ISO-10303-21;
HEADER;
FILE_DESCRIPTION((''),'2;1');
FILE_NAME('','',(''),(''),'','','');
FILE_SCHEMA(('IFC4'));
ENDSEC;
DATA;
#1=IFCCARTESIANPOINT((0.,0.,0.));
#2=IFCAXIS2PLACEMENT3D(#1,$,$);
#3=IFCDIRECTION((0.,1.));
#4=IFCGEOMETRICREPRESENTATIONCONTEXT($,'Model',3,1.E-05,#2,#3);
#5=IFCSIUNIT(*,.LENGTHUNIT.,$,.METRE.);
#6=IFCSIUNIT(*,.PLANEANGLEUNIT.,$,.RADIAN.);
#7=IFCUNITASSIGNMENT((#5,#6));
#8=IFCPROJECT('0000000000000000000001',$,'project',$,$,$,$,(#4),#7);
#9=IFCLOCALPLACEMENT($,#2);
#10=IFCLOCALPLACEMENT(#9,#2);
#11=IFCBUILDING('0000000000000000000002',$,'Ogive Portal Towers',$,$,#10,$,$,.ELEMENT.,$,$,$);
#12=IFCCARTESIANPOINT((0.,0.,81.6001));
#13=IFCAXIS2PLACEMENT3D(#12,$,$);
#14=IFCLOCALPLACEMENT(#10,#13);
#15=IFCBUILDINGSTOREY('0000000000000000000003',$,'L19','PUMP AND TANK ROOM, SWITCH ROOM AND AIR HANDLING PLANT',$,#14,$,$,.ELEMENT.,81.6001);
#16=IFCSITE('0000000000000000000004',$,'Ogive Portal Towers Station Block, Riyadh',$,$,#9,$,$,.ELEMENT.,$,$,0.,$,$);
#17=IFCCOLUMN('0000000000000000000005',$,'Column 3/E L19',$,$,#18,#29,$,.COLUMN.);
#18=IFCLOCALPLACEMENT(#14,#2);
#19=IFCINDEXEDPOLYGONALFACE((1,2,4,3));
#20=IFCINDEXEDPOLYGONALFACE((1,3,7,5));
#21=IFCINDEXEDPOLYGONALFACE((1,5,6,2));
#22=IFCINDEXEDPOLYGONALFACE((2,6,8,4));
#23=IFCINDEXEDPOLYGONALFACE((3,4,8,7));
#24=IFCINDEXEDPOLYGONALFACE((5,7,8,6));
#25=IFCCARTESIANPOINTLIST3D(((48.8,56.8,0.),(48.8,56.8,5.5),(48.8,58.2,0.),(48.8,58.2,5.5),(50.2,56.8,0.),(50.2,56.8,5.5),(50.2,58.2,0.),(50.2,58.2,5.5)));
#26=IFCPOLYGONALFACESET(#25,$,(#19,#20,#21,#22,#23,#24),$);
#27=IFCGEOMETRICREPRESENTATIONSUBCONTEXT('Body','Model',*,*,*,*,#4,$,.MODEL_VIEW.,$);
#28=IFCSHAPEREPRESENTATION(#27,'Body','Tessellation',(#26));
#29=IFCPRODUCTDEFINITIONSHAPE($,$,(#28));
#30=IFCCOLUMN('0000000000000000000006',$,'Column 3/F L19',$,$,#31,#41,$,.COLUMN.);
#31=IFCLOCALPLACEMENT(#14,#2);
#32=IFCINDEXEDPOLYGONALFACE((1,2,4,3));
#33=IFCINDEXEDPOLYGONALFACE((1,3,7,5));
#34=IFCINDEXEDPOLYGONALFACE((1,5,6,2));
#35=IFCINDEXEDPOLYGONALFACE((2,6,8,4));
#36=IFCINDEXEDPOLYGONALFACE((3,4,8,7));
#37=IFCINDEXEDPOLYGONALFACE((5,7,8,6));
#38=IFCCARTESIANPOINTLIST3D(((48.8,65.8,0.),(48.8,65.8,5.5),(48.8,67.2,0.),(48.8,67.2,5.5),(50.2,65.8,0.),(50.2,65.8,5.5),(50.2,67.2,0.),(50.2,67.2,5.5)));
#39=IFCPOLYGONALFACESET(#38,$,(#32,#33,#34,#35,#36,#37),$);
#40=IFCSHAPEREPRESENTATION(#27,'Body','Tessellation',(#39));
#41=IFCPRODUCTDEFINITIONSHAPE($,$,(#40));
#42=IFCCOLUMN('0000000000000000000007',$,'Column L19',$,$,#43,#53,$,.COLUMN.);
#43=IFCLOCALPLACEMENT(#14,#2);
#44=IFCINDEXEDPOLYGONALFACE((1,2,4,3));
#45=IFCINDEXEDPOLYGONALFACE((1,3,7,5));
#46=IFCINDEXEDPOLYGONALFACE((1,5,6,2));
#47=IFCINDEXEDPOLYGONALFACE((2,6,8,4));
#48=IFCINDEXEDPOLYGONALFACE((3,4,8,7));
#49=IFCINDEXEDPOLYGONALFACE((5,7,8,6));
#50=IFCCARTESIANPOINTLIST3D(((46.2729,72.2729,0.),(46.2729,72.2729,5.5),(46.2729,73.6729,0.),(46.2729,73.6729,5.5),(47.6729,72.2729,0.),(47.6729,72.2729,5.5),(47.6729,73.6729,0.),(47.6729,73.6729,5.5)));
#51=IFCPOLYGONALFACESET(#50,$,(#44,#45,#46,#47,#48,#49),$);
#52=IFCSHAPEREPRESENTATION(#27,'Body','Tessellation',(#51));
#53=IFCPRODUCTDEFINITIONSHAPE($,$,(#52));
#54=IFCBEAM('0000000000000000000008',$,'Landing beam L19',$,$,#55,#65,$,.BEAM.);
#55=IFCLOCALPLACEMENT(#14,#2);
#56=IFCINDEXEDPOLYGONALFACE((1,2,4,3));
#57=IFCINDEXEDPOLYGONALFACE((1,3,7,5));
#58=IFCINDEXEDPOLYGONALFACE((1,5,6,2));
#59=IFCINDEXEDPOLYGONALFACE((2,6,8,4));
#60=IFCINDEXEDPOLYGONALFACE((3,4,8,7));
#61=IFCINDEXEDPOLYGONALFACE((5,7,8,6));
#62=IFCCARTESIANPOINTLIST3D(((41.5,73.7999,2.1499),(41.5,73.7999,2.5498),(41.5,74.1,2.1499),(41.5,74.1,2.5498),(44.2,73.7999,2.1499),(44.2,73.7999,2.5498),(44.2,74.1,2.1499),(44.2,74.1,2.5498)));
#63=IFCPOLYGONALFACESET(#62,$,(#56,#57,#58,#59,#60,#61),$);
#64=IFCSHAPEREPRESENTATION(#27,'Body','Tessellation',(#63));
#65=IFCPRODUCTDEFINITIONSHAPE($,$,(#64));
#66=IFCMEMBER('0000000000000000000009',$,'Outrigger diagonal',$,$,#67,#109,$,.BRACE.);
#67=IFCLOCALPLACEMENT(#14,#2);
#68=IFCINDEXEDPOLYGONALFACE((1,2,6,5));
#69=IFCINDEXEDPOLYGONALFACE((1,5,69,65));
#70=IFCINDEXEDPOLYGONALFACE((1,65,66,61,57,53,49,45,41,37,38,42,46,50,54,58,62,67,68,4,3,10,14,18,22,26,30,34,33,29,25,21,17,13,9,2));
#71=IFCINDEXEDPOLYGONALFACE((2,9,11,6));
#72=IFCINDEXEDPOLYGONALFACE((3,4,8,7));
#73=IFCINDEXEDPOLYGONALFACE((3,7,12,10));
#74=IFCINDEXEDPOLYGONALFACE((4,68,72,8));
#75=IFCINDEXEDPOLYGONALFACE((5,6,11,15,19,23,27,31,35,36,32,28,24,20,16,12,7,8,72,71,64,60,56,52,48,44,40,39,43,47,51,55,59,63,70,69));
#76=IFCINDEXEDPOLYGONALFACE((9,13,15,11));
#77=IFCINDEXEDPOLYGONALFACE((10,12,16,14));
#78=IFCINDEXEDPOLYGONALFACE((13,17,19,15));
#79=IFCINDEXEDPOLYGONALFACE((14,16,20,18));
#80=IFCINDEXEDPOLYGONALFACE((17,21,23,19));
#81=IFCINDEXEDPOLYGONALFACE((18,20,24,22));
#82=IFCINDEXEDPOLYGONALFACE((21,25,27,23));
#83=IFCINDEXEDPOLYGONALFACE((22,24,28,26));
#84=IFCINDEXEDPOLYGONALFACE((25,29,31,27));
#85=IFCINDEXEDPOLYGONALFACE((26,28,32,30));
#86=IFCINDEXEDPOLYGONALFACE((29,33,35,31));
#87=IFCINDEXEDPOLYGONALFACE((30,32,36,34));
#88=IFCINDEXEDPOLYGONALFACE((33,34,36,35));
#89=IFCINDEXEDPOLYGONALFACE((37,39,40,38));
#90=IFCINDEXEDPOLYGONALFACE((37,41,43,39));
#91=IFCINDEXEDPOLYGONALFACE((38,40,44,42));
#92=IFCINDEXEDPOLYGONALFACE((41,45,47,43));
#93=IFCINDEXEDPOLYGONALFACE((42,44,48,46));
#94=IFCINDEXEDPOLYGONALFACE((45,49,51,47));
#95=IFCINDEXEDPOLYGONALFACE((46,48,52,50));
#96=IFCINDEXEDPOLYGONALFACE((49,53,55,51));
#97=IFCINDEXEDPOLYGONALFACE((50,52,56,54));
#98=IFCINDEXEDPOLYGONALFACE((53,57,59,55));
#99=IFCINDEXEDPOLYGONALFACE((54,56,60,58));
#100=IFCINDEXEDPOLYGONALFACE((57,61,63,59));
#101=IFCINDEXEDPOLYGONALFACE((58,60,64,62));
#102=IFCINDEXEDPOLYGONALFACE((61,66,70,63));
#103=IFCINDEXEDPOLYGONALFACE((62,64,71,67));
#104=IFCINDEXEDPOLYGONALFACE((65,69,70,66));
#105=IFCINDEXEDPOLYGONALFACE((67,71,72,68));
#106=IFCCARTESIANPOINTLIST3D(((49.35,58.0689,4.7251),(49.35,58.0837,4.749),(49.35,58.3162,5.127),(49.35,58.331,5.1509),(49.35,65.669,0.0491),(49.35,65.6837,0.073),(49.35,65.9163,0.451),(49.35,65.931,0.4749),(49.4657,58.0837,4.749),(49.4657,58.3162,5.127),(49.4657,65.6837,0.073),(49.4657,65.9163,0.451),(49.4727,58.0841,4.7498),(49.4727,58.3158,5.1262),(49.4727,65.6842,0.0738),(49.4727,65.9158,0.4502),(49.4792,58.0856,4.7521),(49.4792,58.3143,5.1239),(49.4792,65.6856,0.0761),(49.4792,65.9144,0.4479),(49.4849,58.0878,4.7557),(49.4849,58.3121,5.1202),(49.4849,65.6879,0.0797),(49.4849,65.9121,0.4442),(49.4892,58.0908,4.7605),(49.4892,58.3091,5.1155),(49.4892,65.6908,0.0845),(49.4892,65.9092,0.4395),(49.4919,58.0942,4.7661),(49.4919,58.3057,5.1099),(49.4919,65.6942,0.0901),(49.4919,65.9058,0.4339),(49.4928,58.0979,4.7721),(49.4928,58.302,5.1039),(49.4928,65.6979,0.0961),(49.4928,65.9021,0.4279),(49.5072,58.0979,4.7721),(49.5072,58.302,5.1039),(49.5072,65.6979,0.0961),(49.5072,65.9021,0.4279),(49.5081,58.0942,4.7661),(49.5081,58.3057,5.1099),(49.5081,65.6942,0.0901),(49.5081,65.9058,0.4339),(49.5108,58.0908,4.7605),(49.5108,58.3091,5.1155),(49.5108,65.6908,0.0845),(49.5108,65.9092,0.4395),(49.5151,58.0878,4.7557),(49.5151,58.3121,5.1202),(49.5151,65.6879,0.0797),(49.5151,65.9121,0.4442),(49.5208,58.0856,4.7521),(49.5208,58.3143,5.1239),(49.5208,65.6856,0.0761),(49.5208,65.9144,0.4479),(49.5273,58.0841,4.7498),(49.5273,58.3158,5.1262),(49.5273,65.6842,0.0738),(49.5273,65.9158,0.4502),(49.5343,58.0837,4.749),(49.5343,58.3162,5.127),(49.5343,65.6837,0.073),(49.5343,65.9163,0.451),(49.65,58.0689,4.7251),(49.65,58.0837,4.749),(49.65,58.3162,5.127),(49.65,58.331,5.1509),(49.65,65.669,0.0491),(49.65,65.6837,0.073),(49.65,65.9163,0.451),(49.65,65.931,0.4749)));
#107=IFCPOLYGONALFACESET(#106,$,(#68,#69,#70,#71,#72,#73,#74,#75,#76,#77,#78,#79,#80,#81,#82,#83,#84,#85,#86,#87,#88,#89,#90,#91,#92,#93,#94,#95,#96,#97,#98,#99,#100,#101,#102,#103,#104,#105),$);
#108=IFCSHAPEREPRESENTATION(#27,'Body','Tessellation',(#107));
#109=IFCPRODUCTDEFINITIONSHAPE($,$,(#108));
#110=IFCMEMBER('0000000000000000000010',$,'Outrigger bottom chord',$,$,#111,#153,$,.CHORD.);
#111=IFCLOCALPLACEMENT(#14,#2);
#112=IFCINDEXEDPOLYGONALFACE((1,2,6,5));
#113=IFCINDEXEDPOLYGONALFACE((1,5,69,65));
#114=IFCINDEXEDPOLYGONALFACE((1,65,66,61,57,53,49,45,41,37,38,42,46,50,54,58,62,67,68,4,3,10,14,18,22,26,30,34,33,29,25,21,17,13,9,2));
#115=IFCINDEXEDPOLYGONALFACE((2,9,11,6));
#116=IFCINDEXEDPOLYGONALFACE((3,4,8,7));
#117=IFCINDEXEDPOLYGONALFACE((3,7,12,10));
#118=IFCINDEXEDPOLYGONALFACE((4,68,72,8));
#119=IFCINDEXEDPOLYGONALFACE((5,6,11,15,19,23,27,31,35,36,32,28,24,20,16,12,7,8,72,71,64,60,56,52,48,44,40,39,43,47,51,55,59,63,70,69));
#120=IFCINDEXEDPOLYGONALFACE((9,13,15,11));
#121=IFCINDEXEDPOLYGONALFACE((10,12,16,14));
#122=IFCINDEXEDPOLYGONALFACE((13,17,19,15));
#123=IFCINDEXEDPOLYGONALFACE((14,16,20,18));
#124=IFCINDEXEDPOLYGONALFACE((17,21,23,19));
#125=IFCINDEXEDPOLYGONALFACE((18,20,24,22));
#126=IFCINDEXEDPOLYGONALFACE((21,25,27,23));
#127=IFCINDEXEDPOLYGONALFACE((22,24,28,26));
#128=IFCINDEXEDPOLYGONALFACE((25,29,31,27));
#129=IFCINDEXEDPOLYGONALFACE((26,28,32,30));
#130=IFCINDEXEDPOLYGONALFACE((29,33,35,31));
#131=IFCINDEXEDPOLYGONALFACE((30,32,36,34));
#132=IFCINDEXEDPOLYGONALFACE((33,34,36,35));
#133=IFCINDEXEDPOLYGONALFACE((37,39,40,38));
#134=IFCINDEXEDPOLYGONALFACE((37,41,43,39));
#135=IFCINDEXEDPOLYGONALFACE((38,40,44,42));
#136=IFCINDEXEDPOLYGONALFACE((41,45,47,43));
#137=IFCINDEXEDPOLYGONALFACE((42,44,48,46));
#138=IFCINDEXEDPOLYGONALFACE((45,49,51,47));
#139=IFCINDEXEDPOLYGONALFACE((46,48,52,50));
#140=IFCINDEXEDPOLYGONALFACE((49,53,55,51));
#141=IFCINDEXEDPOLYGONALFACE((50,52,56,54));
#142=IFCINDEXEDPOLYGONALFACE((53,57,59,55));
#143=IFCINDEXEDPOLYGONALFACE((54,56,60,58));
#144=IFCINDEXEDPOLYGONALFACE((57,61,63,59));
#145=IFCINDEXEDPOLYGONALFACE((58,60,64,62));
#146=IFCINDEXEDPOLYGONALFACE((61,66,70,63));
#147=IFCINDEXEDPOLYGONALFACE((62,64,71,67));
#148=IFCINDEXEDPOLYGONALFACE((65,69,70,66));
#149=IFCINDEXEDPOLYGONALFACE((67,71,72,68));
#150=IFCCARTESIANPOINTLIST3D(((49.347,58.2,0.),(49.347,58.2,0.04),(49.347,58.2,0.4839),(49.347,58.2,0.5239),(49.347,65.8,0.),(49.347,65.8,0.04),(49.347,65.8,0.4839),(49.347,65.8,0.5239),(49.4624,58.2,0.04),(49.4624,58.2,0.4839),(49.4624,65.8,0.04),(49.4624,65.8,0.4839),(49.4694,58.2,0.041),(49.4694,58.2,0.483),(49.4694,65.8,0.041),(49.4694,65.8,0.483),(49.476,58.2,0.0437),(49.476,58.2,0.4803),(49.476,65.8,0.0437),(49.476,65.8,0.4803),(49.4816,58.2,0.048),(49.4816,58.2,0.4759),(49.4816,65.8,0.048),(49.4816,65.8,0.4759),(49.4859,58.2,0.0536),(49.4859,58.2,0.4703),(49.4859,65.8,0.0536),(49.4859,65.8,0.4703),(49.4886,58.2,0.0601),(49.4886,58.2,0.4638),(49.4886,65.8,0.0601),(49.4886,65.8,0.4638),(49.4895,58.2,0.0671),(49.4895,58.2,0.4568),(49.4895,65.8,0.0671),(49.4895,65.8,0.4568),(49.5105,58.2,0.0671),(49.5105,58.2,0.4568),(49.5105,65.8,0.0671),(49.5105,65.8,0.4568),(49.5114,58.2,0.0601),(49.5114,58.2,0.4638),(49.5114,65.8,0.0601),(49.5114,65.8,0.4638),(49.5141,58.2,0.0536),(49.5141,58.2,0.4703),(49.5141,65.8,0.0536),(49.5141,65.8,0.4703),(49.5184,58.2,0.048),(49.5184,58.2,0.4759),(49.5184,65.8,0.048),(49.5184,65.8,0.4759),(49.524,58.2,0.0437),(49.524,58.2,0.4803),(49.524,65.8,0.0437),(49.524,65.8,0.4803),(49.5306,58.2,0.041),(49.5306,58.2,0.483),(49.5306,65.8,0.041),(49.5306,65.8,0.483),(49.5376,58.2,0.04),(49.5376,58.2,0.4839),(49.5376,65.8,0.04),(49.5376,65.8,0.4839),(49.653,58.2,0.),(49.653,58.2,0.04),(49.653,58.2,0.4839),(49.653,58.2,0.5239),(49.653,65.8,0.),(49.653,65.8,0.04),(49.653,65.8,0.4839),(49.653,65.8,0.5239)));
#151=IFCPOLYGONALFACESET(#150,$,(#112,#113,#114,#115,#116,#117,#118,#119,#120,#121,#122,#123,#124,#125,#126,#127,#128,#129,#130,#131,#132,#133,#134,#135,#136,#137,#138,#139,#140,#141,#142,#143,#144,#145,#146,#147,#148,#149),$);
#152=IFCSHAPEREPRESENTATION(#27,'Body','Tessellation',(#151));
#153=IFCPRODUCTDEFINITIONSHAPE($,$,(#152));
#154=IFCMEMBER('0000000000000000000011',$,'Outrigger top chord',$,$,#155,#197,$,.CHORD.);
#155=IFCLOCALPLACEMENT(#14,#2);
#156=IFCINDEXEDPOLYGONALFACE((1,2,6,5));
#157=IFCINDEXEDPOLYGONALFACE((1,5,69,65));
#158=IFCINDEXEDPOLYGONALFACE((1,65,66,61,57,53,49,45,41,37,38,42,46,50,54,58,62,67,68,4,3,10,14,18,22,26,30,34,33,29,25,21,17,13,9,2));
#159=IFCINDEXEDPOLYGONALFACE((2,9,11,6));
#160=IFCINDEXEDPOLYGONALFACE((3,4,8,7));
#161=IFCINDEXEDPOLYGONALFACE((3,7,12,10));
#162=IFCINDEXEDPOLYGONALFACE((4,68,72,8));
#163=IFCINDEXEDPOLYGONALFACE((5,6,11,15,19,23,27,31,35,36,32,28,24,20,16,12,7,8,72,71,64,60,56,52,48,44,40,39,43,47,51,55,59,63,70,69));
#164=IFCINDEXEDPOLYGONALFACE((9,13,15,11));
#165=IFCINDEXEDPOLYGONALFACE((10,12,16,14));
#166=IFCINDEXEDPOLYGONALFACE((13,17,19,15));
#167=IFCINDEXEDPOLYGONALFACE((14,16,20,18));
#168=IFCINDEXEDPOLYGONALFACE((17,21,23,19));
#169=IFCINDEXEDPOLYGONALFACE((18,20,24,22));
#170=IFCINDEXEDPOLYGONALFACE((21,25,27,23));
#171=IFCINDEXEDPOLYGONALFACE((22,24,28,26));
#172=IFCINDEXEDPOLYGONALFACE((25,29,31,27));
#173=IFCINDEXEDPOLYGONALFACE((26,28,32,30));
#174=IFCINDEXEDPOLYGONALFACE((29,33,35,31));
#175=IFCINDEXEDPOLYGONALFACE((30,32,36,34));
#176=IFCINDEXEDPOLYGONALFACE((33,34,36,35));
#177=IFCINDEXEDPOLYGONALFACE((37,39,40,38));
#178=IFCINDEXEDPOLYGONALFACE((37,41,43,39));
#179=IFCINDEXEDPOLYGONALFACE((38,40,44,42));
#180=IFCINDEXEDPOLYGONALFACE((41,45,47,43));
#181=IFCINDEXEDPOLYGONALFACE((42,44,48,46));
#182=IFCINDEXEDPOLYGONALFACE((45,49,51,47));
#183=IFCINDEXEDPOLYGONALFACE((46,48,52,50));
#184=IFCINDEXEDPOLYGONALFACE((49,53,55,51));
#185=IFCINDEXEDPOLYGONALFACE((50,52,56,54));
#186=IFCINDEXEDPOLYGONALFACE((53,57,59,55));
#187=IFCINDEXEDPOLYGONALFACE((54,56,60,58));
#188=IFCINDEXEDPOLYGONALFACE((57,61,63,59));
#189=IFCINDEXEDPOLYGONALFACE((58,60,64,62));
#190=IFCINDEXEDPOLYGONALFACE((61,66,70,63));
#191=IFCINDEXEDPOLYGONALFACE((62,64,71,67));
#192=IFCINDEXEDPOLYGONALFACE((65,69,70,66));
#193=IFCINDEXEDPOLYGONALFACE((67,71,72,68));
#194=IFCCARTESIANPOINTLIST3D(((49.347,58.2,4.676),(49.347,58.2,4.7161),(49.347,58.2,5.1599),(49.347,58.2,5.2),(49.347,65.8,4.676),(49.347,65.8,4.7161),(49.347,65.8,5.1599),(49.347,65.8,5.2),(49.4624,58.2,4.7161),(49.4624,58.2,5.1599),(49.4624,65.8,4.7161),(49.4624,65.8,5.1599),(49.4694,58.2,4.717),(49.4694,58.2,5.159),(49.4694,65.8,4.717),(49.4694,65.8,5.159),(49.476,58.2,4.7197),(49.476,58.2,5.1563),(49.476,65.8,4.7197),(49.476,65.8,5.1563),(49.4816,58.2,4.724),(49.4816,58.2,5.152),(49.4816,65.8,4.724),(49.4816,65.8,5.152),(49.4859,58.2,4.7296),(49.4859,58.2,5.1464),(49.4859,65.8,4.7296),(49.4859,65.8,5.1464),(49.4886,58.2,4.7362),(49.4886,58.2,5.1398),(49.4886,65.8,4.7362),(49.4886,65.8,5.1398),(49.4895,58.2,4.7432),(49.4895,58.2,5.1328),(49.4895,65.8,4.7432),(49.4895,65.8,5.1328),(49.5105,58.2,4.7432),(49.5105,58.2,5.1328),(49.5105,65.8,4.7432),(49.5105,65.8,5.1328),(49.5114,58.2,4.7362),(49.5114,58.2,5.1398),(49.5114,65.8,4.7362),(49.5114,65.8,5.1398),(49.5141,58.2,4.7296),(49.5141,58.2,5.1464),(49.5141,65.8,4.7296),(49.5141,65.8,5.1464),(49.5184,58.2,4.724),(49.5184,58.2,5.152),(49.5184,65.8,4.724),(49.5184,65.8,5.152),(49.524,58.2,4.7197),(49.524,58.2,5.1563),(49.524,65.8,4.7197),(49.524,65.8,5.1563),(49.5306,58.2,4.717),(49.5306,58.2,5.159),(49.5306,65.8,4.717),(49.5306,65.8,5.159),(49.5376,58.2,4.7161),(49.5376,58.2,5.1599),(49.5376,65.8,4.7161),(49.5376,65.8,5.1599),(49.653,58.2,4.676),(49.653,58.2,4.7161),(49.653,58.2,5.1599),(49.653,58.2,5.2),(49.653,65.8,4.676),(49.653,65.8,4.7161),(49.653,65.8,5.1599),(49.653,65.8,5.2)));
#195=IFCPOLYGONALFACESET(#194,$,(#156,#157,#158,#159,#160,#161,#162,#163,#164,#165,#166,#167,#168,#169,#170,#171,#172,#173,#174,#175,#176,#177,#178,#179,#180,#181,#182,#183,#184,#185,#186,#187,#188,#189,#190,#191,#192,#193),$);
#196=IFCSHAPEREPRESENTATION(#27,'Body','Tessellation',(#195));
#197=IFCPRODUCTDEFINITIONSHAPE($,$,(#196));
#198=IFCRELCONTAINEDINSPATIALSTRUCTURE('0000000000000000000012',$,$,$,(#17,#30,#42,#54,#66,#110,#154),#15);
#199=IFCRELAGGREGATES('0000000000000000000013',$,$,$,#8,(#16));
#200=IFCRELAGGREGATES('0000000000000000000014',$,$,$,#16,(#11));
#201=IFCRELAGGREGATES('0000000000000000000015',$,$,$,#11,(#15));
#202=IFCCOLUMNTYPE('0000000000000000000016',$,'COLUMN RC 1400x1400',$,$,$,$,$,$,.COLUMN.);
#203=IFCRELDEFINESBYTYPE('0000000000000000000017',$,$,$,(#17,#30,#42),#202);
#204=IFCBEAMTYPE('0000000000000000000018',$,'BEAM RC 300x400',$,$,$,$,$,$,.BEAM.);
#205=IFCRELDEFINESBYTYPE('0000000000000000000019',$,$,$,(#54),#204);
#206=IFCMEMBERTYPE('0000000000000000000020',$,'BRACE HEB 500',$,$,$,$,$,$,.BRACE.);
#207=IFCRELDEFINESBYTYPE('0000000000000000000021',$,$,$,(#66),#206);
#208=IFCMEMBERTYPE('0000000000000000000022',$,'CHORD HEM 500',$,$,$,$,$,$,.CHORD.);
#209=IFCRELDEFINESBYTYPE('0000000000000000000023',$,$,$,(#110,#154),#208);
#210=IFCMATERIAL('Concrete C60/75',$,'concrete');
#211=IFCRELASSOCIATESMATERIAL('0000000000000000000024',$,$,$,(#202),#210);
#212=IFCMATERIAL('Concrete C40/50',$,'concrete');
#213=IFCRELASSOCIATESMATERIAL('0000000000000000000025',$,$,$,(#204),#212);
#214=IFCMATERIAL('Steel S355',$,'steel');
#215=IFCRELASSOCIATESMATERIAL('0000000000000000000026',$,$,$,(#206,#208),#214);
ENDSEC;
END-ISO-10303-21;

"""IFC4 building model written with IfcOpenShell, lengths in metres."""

from ifc_helpers import new_model, si_unit, direction, frame, origin, origin_2d, place, context, subcontext, project, spatial, rectangle, i_section, extrude, material, material_profile, profile_set, type_object, element, save


model = new_model("IFC4")

# Units and contexts
model_context = context("Model", 3, precision=1e-05, world=origin(), true_north=direction((0.0, 1.0)))
body_context = subcontext(model_context, "Body", "Model", "MODEL_VIEW")
ifc_project = project(units=[si_unit("LENGTHUNIT", "METRE"), si_unit("PLANEANGLEUNIT", "RADIAN")], contexts=[model_context])

# Site, building, storey
site_placement = place(None, origin())
site = spatial("IfcSite", under=ifc_project, at=site_placement, Name="Ogive Portal Towers Station Block, Riyadh", CompositionType="ELEMENT", RefElevation=0.0)
building_placement = place(site_placement, origin())
building = spatial("IfcBuilding", under=site, at=building_placement, Name="Ogive Portal Towers", CompositionType="ELEMENT")
storey_placement = place(building_placement, frame((0.0, 0.0, 81.6001)))
storey = spatial("IfcBuildingStorey", under=building, at=storey_placement, Name="L19", Description="PUMP AND TANK ROOM, SWITCH ROOM AND AIR HANDLING PLANT", CompositionType="ELEMENT", Elevation=81.6001)

# Columns
ifc_material_1 = material(Name="Concrete C60/75", Category="concrete")
ifc_material_profile_1 = material_profile(ifc_material_1, rectangle(XDim=1.3999, YDim=1.3999, at=origin_2d()), Name="RC 1400x1400")
ifc_profile_set_1 = profile_set([ifc_material_profile_1], Name="Concrete C60/75")
column_type = type_object("IfcColumnType", Name="COLUMN RC 1400x1400", PredefinedType="COLUMN", material=ifc_profile_set_1)
for number, where, z_axis, x_axis, name in (
    (1, (49.5, 57.5, 0.0), (0.0, 0.0, 1.0), (1.0, 0.0, 0.0), "Column 3/E L19"),
    (2, (49.5, 66.5, 0.0), (0.0, 0.0, 1.0), (1.0, 0.0, 0.0), "Column 3/F L19"),
    (3, (46.9729, 72.9729, 0.0), (0.0, 0.0, 1.0), (1.0, 0.0, 0.0), "Column L19"),
):
    element("IfcColumn", number, at=place(storey_placement, frame(where, z_axis=z_axis, x_axis=x_axis)), inside=storey, type_object=column_type, Name=name, PredefinedType="COLUMN", context=body_context, shape_type="SweptSolid", body=[
        extrude(rectangle(XDim=1.3999, YDim=1.3999, at=origin_2d()), origin(), (0.0, 0.0, 1.0), 5.5),
    ])

# Beam
ifc_material_2 = material(Name="Concrete C40/50", Category="concrete")
ifc_material_profile_2 = material_profile(ifc_material_2, rectangle(XDim=0.3, YDim=0.3999, at=origin_2d()), Name="RC 300x400")
ifc_profile_set_2 = profile_set([ifc_material_profile_2], Name="Concrete C40/50")
beam_type_1 = type_object("IfcBeamType", Name="BEAM RC 300x400", PredefinedType="BEAM", material=ifc_profile_set_2)
beam_placement = place(storey_placement, frame((41.5, 73.95, 2.3499), z_axis=(1.0, 0.0, 0.0), x_axis=(0.0, 1.0, 0.0)))
element("IfcBeam", 4, at=beam_placement, inside=storey, type_object=beam_type_1, Name="Landing beam L19", PredefinedType="BEAM", context=body_context, shape_type="SweptSolid", body=[
    extrude(rectangle(XDim=0.3, YDim=0.3999, at=origin_2d()), origin(), (0.0, 0.0, 1.0), 2.7),
])

# Members
ifc_material_3 = material(Name="Steel S355", Category="steel")
ifc_material_profile_3 = material_profile(ifc_material_3, i_section(OverallWidth=0.3, OverallDepth=0.5, WebThickness=0.0144, FlangeThickness=0.0281, FilletRadius=0.0271, at=origin_2d()), Name="HEB 500")
ifc_profile_set_3 = profile_set([ifc_material_profile_3], Name="Steel S355")
member_type_1 = type_object("IfcMemberType", Name="BRACE HEB 500", PredefinedType="BRACE", material=ifc_profile_set_3)
member_placement = place(storey_placement, frame((49.5, 58.2, 4.938), z_axis=(0.0, 0.851706, -0.52402), x_axis=(-1.0, 0.0, 0.0)))
element("IfcMember", 5, at=member_placement, inside=storey, type_object=member_type_1, Name="Outrigger diagonal", PredefinedType="BRACE", context=body_context, shape_type="SweptSolid", body=[
    extrude(i_section(OverallWidth=0.3, OverallDepth=0.5, WebThickness=0.0144, FlangeThickness=0.0281, FilletRadius=0.0271, at=origin_2d()), origin(), (0.0, 0.0, 1.0), 8.9233),
])
ifc_material_profile_4 = material_profile(ifc_material_3, i_section(OverallWidth=0.3059, OverallDepth=0.5239, WebThickness=0.021, FlangeThickness=0.04, FilletRadius=0.0271, at=origin_2d()), Name="HEM 500")
ifc_profile_set_4 = profile_set([ifc_material_profile_4], Name="Steel S355")
member_type_2 = type_object("IfcMemberType", Name="CHORD HEM 500", PredefinedType="CHORD", material=ifc_profile_set_4)
for number, where, z_axis, x_axis, name in (
    (6, (49.5, 58.2, 0.262), (0.0, 1.0, 0.0), (-1.0, 0.0, 0.0), "Outrigger bottom chord"),
    (7, (49.5, 58.2, 4.938), (0.0, 1.0, 0.0), (-1.0, 0.0, 0.0), "Outrigger top chord"),
):
    element("IfcMember", number, at=place(storey_placement, frame(where, z_axis=z_axis, x_axis=x_axis)), inside=storey, type_object=member_type_2, Name=name, PredefinedType="CHORD", context=body_context, shape_type="SweptSolid", body=[
        extrude(i_section(OverallWidth=0.3059, OverallDepth=0.5239, WebThickness=0.021, FlangeThickness=0.04, FilletRadius=0.0271, at=origin_2d()), origin(), (0.0, 0.0, 1.0), 7.6001),
    ])

save(model, "model.ifc")
